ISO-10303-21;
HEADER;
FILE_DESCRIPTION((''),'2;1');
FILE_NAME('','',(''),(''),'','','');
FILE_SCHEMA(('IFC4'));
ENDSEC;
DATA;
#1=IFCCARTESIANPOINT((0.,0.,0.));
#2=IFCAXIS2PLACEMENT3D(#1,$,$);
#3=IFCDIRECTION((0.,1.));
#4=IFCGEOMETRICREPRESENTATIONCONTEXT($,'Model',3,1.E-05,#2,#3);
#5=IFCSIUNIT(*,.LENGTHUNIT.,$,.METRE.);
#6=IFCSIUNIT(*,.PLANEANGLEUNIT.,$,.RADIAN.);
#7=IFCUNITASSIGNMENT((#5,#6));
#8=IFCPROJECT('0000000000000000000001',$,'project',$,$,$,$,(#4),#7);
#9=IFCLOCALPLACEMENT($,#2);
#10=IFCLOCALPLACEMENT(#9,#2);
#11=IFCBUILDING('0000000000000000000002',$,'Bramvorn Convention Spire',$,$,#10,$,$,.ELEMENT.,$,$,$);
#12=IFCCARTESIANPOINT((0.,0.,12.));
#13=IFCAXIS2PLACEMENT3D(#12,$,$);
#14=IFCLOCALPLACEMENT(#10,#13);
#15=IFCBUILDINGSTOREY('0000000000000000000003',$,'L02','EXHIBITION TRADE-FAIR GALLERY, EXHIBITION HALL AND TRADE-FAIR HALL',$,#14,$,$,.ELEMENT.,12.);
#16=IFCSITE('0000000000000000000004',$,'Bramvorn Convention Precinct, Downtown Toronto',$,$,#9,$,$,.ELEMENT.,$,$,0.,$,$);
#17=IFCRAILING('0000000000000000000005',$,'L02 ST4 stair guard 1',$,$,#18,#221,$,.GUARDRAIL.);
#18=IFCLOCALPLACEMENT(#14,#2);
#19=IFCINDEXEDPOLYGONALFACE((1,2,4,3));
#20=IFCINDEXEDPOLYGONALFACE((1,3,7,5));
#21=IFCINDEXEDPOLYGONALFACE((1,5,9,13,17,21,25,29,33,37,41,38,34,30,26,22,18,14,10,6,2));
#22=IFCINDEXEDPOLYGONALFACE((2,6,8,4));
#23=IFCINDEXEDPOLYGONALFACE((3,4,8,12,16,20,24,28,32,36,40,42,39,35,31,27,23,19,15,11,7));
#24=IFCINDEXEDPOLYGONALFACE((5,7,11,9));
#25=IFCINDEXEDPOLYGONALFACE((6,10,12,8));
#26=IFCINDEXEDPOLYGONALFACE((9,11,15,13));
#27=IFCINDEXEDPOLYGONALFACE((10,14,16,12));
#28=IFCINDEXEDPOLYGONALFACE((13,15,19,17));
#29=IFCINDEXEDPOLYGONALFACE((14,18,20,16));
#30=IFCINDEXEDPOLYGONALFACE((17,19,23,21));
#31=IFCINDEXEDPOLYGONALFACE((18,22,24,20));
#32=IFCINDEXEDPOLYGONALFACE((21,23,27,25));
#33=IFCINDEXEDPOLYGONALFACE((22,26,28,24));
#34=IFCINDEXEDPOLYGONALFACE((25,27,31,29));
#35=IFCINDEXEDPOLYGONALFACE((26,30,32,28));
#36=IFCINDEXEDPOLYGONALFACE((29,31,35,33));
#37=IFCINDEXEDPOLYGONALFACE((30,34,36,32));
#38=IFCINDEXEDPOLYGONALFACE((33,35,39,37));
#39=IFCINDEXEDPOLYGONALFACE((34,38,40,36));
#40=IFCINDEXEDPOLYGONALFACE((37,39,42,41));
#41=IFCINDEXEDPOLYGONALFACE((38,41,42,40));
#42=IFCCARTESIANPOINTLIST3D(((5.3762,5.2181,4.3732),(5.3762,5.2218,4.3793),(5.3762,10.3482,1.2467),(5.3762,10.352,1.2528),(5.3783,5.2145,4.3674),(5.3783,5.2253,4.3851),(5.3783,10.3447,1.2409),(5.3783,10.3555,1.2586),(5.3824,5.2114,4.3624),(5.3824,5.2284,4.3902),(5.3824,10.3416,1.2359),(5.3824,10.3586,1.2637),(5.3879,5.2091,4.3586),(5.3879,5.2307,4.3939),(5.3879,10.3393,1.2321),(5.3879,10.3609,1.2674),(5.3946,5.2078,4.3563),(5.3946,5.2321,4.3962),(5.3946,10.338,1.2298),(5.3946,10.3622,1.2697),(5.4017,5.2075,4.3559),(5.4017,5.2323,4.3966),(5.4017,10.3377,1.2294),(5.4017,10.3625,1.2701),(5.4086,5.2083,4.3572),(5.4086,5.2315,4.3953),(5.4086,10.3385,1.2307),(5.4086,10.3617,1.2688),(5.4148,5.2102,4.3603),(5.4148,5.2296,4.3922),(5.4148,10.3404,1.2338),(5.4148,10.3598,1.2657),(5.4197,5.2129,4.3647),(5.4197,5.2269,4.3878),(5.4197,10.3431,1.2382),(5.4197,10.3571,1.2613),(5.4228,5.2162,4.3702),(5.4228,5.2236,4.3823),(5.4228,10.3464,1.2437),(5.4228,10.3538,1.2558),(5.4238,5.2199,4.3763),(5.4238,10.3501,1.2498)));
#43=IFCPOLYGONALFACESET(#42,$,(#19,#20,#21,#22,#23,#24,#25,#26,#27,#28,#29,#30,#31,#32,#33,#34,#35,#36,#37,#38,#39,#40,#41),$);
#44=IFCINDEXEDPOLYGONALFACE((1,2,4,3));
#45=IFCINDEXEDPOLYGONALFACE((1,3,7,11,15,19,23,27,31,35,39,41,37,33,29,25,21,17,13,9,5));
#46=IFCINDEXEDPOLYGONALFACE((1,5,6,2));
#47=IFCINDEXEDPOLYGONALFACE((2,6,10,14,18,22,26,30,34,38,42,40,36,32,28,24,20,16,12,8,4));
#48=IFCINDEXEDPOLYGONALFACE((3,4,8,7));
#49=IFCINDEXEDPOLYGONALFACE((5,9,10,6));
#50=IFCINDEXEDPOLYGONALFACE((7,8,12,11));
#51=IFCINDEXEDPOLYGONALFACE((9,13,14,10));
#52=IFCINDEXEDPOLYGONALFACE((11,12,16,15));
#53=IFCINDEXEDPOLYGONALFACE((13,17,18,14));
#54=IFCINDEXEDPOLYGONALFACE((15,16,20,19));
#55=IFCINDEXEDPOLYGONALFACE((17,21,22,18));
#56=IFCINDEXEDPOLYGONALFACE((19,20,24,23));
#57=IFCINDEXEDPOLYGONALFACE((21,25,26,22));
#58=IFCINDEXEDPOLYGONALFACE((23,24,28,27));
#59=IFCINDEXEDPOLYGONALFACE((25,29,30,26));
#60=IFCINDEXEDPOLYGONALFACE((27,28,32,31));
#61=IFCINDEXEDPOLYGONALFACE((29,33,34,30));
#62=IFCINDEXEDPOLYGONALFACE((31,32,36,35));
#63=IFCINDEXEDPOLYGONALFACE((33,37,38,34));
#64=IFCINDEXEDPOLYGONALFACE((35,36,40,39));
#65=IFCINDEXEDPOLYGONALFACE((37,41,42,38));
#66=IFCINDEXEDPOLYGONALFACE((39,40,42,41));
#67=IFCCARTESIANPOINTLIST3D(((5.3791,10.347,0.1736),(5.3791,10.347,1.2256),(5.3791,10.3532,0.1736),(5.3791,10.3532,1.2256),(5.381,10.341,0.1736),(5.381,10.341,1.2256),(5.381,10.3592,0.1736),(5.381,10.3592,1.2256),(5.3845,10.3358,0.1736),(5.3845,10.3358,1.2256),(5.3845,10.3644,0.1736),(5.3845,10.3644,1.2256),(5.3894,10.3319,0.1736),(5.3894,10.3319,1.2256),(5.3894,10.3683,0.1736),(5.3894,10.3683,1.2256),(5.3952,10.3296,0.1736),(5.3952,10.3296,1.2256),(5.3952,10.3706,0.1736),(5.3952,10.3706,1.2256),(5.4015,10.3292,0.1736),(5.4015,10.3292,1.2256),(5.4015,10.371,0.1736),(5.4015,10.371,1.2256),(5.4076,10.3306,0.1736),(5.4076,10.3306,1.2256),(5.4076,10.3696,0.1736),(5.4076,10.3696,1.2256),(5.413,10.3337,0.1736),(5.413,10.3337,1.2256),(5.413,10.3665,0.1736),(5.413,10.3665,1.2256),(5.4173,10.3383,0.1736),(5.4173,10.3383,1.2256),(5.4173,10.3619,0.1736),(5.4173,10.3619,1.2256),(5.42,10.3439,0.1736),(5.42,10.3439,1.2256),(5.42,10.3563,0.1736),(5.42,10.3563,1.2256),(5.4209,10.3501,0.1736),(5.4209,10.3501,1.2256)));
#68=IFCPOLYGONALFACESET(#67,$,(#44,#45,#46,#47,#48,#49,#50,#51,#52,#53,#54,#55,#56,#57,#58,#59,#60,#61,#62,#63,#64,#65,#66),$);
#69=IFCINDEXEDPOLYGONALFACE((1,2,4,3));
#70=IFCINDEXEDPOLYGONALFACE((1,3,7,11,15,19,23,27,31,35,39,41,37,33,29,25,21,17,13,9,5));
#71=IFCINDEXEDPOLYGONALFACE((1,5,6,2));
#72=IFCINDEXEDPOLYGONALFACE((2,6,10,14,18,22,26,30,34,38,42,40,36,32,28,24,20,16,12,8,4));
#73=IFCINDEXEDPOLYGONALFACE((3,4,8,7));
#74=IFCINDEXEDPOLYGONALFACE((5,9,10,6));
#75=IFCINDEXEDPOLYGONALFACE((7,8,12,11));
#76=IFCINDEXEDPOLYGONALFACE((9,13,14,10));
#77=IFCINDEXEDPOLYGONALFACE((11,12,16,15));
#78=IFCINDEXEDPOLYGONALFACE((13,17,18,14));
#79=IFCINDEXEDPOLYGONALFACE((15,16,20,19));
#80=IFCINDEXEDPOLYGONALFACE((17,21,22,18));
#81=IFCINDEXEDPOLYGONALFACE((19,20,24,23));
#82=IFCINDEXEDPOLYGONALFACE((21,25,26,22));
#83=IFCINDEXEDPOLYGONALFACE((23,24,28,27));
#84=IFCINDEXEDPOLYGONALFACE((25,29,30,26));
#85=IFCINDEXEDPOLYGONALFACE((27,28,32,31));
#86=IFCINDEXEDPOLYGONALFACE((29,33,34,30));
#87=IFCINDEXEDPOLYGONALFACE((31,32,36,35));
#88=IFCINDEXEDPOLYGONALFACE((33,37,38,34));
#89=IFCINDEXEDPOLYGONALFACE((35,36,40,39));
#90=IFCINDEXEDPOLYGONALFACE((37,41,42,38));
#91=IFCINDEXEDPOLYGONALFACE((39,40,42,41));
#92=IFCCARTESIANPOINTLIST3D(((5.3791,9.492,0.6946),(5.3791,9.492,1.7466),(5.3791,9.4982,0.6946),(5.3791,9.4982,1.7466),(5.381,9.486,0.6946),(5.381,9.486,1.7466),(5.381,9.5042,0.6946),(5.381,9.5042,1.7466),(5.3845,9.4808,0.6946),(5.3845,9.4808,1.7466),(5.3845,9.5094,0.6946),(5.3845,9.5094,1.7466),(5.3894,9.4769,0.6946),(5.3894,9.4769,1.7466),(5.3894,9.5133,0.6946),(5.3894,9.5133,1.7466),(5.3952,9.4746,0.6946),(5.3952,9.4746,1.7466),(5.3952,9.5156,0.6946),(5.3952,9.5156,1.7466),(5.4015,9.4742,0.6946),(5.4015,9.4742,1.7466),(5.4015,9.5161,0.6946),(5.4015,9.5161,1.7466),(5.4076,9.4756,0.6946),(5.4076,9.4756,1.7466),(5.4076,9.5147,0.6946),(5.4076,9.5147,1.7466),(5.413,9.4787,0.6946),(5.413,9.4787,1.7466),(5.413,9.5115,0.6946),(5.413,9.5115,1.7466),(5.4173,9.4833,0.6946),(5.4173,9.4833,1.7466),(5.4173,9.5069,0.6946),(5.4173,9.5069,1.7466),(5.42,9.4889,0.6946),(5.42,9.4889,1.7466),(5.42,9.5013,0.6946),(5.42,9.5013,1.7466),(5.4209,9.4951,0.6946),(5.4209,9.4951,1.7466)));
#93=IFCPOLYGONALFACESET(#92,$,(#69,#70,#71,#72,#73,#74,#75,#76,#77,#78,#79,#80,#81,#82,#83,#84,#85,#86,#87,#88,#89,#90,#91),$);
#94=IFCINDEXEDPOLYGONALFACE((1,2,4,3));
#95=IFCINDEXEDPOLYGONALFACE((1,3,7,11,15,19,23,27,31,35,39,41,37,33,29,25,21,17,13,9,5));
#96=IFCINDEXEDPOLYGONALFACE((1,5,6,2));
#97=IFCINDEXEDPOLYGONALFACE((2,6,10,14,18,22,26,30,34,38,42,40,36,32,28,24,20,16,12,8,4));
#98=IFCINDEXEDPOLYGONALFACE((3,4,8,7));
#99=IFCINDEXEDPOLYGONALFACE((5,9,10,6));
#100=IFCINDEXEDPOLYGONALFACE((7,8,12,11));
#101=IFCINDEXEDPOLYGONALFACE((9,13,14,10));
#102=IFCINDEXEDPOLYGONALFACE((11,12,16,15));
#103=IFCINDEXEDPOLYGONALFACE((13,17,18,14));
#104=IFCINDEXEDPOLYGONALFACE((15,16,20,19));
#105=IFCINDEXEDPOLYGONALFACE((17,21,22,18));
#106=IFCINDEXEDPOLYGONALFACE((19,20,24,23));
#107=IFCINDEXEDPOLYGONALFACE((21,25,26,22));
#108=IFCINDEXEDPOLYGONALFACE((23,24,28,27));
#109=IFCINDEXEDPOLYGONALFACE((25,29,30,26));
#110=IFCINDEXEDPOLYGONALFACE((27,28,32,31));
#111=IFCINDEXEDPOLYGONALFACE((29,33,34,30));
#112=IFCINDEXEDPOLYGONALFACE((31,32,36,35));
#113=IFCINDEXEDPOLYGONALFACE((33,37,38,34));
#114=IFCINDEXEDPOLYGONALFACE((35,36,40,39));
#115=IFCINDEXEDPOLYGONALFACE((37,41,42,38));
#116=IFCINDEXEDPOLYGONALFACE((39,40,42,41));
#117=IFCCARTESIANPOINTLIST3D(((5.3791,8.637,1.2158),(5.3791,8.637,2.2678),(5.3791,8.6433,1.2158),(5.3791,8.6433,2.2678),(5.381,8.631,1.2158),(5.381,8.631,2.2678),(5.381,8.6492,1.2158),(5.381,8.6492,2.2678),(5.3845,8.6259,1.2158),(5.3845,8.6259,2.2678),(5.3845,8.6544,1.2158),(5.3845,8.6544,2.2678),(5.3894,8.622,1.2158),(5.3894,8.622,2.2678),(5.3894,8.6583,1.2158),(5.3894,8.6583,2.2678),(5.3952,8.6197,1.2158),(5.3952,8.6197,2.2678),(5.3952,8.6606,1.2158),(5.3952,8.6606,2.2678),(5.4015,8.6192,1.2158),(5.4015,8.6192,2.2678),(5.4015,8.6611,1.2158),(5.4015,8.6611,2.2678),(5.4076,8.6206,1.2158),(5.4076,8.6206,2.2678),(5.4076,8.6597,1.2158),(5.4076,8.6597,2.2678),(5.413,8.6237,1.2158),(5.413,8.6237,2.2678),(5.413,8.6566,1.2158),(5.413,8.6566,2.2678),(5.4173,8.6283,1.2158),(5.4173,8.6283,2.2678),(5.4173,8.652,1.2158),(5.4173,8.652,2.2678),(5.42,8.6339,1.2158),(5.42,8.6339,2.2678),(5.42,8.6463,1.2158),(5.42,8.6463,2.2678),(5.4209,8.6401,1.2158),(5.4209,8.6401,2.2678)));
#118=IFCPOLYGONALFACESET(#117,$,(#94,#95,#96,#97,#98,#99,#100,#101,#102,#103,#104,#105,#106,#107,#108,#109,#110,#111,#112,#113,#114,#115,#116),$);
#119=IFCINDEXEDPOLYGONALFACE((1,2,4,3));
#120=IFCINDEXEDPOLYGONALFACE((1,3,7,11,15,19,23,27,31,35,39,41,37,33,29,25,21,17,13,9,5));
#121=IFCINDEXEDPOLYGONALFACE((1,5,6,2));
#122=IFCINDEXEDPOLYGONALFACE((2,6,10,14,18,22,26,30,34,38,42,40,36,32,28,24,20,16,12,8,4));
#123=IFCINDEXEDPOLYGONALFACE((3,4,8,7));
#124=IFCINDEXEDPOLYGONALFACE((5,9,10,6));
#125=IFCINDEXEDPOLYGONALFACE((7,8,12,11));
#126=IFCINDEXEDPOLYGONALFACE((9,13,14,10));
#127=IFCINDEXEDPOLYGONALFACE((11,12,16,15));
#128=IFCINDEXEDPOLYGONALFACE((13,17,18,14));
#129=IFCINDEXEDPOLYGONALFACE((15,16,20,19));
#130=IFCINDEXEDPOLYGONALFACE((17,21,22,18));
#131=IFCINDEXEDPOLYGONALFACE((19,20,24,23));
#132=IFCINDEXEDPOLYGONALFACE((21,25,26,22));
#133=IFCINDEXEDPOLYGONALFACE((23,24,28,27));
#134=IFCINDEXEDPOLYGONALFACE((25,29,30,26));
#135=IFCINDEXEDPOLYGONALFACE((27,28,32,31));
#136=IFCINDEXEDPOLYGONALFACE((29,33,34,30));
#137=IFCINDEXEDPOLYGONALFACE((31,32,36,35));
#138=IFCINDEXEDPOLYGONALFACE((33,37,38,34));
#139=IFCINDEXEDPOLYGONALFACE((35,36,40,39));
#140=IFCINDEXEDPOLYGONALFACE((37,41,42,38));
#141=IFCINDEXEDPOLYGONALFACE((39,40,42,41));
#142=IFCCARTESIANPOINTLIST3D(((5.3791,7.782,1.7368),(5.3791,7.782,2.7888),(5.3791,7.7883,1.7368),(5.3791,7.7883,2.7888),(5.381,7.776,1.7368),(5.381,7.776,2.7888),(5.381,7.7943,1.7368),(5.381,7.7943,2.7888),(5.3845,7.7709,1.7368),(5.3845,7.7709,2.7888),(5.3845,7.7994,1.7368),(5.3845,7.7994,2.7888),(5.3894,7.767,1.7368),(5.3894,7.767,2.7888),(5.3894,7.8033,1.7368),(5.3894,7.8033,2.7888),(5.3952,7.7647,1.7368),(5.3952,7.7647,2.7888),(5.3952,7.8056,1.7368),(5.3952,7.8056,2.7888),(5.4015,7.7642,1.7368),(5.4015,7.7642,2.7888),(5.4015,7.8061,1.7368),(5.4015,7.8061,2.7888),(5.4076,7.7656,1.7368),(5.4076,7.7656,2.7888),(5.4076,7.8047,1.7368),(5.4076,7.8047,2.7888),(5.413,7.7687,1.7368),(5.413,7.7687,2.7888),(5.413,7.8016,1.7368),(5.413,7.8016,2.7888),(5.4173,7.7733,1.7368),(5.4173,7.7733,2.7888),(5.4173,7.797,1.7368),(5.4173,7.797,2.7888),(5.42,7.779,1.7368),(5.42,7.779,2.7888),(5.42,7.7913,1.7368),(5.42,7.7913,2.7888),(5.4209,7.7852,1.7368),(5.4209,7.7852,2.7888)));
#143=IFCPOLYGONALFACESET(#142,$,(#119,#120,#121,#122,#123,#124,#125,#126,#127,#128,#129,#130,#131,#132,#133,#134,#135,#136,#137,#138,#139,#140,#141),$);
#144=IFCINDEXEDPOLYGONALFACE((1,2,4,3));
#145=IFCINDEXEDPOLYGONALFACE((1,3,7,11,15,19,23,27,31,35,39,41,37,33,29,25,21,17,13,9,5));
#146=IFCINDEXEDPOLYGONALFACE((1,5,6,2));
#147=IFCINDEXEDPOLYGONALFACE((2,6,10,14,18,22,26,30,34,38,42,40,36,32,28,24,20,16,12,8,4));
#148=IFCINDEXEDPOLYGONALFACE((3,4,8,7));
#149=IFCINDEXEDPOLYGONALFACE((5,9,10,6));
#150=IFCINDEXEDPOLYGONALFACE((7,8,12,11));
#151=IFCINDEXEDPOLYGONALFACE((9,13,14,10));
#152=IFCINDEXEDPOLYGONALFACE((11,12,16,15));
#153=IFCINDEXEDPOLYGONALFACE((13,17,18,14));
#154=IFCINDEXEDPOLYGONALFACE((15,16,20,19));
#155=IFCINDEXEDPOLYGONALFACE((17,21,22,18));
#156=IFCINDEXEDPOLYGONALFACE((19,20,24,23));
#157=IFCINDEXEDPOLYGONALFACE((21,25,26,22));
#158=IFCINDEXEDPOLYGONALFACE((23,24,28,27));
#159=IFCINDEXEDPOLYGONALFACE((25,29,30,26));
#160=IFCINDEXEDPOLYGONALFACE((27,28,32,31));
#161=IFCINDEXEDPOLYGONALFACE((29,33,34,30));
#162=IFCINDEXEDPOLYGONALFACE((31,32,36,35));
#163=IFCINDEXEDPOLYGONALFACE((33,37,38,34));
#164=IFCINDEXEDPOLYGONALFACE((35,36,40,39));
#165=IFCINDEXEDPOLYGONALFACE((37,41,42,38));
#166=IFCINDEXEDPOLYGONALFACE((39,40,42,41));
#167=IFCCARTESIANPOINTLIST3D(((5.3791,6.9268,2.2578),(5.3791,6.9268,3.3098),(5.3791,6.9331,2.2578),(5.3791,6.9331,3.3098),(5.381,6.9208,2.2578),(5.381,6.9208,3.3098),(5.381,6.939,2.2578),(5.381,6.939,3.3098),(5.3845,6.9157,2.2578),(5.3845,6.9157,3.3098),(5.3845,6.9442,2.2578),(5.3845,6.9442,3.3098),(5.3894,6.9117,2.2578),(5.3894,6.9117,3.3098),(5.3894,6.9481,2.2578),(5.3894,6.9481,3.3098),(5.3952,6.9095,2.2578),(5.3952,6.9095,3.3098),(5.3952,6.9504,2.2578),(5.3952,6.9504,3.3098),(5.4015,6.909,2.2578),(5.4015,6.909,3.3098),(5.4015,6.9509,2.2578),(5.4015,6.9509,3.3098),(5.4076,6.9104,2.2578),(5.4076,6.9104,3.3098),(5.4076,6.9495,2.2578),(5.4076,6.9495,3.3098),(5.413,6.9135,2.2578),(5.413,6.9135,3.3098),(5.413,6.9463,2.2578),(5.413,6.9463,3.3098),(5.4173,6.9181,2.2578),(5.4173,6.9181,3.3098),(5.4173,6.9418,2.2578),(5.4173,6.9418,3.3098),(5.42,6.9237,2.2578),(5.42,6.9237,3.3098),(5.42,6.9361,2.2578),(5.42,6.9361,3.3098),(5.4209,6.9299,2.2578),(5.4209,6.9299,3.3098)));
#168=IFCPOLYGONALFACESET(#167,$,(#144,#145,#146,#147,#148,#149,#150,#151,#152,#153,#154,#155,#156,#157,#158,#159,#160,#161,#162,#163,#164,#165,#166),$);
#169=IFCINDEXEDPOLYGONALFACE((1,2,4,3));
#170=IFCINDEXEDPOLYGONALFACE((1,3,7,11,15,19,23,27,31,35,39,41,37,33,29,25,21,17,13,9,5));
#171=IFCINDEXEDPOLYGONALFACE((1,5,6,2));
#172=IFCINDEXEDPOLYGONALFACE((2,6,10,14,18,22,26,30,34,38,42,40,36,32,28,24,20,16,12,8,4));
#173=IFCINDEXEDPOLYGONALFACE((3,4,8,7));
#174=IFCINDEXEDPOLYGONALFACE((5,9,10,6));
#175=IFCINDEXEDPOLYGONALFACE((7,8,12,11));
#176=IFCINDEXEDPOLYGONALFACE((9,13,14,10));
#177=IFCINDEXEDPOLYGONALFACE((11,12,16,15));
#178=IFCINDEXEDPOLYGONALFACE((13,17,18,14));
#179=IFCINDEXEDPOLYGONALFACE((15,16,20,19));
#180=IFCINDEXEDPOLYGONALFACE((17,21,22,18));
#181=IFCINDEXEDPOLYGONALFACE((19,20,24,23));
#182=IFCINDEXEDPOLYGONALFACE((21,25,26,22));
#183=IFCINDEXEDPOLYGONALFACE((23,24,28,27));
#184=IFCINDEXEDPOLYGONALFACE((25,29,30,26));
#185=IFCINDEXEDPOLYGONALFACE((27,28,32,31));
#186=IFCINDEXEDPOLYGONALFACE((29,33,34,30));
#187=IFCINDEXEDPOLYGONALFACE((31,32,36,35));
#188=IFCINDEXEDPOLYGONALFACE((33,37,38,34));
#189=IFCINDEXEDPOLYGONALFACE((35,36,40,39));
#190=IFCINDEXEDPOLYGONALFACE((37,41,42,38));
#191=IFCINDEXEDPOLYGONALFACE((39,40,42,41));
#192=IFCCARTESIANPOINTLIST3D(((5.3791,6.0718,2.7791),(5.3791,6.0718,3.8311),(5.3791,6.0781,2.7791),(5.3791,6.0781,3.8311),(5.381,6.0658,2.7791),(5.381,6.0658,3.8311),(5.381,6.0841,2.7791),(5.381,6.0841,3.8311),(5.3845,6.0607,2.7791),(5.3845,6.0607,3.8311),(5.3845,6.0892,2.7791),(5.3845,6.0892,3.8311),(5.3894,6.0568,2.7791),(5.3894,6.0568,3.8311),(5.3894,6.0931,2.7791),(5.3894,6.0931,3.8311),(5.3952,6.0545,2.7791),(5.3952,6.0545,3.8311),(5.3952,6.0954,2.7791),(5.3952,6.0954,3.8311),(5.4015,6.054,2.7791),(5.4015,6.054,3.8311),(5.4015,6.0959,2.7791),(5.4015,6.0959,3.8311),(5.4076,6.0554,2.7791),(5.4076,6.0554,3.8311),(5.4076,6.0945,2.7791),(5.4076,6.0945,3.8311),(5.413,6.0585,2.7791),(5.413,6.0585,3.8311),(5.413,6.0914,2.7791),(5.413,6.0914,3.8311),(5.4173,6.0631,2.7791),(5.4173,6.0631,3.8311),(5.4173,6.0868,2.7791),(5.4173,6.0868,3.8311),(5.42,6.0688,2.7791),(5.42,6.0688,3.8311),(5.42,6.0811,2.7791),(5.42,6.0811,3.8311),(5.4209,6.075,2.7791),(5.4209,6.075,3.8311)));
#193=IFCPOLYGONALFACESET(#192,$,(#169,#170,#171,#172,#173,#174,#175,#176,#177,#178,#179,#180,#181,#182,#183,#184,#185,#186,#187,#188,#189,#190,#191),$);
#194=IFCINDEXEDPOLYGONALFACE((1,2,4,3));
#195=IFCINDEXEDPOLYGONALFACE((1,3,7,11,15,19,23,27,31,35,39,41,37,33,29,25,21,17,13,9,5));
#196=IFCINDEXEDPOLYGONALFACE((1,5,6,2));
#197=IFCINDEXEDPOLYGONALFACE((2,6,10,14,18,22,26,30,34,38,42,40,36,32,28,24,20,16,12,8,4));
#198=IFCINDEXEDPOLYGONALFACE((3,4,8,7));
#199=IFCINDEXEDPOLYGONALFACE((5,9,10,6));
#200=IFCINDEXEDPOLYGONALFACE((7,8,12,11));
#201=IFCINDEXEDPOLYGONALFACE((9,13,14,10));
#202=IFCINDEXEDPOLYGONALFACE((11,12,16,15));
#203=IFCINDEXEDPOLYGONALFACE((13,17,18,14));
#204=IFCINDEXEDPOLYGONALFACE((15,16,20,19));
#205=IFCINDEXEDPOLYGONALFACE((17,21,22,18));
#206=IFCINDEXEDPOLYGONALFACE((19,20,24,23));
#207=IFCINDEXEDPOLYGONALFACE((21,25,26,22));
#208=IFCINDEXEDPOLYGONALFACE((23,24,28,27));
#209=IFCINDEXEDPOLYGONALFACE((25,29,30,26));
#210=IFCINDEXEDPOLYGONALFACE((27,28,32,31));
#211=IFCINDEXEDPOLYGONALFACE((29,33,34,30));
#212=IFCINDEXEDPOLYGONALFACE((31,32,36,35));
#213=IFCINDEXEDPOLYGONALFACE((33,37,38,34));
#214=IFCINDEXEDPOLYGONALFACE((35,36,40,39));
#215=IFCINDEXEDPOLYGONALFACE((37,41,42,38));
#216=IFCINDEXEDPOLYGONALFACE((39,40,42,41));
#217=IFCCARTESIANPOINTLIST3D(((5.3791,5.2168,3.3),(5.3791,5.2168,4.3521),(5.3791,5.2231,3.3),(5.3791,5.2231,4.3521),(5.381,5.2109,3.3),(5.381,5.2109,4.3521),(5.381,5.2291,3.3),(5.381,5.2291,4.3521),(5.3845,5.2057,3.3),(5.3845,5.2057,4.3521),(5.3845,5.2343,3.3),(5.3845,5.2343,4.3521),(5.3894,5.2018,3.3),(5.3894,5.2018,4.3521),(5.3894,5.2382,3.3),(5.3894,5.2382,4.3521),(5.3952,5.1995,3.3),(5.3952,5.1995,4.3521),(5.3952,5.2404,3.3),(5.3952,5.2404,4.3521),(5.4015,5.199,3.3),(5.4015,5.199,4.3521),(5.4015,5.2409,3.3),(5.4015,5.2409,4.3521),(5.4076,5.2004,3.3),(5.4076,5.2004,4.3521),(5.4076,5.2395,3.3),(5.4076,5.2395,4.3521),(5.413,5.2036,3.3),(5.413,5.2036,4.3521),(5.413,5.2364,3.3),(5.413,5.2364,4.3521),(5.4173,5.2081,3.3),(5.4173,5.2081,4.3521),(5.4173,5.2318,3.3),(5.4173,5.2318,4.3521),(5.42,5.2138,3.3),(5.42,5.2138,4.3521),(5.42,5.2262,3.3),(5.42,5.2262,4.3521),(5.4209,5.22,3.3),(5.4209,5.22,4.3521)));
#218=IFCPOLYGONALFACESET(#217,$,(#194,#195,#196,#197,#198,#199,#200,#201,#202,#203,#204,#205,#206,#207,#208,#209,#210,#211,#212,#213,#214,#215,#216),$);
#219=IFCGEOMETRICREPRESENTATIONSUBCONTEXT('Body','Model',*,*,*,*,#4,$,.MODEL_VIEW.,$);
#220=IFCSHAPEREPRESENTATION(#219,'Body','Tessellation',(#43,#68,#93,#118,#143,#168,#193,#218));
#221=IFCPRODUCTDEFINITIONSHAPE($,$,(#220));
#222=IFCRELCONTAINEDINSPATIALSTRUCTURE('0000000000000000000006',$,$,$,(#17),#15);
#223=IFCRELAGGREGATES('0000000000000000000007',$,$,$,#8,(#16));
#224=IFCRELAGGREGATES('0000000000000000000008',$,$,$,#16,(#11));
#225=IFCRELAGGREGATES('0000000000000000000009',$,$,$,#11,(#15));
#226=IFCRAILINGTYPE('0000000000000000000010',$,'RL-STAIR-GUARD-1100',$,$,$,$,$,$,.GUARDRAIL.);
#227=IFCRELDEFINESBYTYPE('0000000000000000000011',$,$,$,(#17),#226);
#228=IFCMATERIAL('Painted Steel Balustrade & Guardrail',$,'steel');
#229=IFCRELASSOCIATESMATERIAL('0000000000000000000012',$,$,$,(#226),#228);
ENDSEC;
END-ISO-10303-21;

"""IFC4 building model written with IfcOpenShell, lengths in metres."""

from ifc_helpers import new_model, si_unit, direction, frame, origin, origin_2d, place, context, subcontext, project, spatial, circle, extrude, material, type_object, element, save


model = new_model("IFC4")

# Units and contexts
model_context = context("Model", 3, precision=1e-05, world=origin(), true_north=direction((0.0, 1.0)))
body_context = subcontext(model_context, "Body", "Model", "MODEL_VIEW")
ifc_project = project(units=[si_unit("LENGTHUNIT", "METRE"), si_unit("PLANEANGLEUNIT", "RADIAN")], contexts=[model_context])

# Site, building, storey
site_placement = place(None, origin())
site = spatial("IfcSite", under=ifc_project, at=site_placement, Name="Bramvorn Convention Precinct, Downtown Toronto", CompositionType="ELEMENT", RefElevation=0.0)
building_placement = place(site_placement, origin())
building = spatial("IfcBuilding", under=site, at=building_placement, Name="Bramvorn Convention Spire", CompositionType="ELEMENT")
storey_placement = place(building_placement, frame((0.0, 0.0, 12.0)))
storey = spatial("IfcBuildingStorey", under=building, at=storey_placement, Name="L02", Description="EXHIBITION TRADE-FAIR GALLERY, EXHIBITION HALL AND TRADE-FAIR HALL", CompositionType="ELEMENT", Elevation=12.0)

# Railing
ifc_material_1 = material(Name="Painted Steel Balustrade & Guardrail", Category="steel")
railing_type_1 = type_object("IfcRailingType", Name="RL-STAIR-GUARD-1100", PredefinedType="GUARDRAIL", material=ifc_material_1)
railing_1_placement = place(storey_placement, frame((5.3999, 10.3501, 0.1736)))
element("IfcRailing", 1, at=railing_1_placement, inside=storey, type_object=railing_type_1, Name="L02 ST4 stair guard 1", PredefinedType="GUARDRAIL", context=body_context, shape_type="SweptSolid", body=[
    extrude(circle(Radius=0.0239, at=origin_2d()), frame((0.0, 0.0, 1.0762), z_axis=(0.0, -0.853919, 0.520406), x_axis=(1.0, 0.0, 0.0)), (0.0, 0.0, 1.0), 6.0078),
    extrude(circle(Radius=0.021, at=origin_2d()), origin(), (0.0, 0.0, 1.0), 1.052),
    extrude(circle(Radius=0.021, at=origin_2d()), frame((0.0, -0.855, 0.521)), (0.0, 0.0, 1.0), 1.052),
    extrude(circle(Radius=0.021, at=origin_2d()), frame((0.0, -1.71, 1.0422)), (0.0, 0.0, 1.0), 1.052),
    extrude(circle(Radius=0.021, at=origin_2d()), frame((0.0, -2.5649, 1.5632)), (0.0, 0.0, 1.0), 1.052),
    extrude(circle(Radius=0.021, at=origin_2d()), frame((0.0, -3.4202, 2.0842)), (0.0, 0.0, 1.0), 1.052),
    extrude(circle(Radius=0.021, at=origin_2d()), frame((0.0, -4.2751, 2.6055)), (0.0, 0.0, 1.0), 1.052),
    extrude(circle(Radius=0.021, at=origin_2d()), frame((0.0, -5.1301, 3.1265)), (0.0, 0.0, 1.0), 1.052),
])

save(model, "model.ifc")
